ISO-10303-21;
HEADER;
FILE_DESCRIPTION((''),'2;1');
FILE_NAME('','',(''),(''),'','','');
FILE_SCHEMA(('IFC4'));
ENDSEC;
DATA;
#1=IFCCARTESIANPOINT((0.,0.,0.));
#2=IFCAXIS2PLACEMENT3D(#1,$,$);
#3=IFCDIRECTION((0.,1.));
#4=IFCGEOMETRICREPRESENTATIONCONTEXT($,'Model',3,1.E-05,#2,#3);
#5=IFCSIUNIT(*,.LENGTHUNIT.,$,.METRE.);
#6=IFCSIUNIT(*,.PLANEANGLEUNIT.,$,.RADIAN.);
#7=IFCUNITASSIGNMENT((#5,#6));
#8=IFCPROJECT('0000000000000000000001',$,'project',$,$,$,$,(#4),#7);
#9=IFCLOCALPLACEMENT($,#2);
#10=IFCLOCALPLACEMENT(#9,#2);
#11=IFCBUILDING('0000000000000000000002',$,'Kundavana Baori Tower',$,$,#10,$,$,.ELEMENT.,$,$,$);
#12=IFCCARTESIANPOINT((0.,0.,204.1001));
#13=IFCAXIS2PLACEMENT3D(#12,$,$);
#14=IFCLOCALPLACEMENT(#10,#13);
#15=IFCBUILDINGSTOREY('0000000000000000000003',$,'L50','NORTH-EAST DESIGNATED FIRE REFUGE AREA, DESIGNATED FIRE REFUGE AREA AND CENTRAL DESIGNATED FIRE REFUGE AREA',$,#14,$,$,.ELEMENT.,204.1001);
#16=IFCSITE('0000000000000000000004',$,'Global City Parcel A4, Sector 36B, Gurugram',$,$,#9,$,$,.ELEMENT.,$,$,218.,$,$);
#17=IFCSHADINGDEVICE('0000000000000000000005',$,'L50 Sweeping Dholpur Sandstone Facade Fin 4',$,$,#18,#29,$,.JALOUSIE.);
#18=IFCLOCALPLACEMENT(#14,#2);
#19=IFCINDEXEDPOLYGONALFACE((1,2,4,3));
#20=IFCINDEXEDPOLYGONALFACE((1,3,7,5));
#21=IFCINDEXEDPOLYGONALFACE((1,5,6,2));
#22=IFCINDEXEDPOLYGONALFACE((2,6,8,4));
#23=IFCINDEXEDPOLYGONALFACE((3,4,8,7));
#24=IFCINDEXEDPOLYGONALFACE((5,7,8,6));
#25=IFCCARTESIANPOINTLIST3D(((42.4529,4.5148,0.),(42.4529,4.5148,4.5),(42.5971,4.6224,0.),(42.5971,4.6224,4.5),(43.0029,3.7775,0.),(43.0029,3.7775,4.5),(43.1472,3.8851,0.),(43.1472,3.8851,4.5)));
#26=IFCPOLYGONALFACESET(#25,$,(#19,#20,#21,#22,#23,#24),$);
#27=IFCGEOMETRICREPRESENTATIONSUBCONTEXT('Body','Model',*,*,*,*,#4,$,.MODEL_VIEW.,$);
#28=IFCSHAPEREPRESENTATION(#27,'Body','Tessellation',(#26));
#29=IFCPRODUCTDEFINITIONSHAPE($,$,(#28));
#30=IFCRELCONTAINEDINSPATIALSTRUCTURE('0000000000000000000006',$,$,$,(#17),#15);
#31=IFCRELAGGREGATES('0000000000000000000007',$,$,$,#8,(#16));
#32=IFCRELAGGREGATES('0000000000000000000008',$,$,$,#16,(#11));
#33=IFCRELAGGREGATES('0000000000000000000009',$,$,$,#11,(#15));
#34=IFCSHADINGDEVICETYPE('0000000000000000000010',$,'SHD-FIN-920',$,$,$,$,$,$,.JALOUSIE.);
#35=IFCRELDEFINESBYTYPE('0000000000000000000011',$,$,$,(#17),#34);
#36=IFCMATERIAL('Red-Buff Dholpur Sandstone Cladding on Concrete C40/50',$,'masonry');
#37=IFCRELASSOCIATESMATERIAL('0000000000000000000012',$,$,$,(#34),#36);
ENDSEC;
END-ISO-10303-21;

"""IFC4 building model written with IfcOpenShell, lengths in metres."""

from ifc_helpers import new_model, si_unit, direction, frame, origin, origin_2d, place, context, subcontext, project, spatial, rectangle, extrude, material, type_object, element, save


model = new_model("IFC4")

# Units and contexts
model_context = context("Model", 3, precision=1e-05, world=origin(), true_north=direction((0.0, 1.0)))
body_context = subcontext(model_context, "Body", "Model", "MODEL_VIEW")
ifc_project = project(units=[si_unit("LENGTHUNIT", "METRE"), si_unit("PLANEANGLEUNIT", "RADIAN")], contexts=[model_context])

# Site, building, storey
site_placement = place(None, origin())
site = spatial("IfcSite", under=ifc_project, at=site_placement, Name="Global City Parcel A4, Sector 36B, Gurugram", CompositionType="ELEMENT", RefElevation=218.0)
building_placement = place(site_placement, origin())
building = spatial("IfcBuilding", under=site, at=building_placement, Name="Kundavana Baori Tower", CompositionType="ELEMENT")
storey_placement = place(building_placement, frame((0.0, 0.0, 204.1001)))
storey = spatial("IfcBuildingStorey", under=building, at=storey_placement, Name="L50", Description="NORTH-EAST DESIGNATED FIRE REFUGE AREA, DESIGNATED FIRE REFUGE AREA AND CENTRAL DESIGNATED FIRE REFUGE AREA", CompositionType="ELEMENT", Elevation=204.1001)

# Shading device
ifc_material_1 = material(Name="Red-Buff Dholpur Sandstone Cladding on Concrete C40/50", Category="masonry")
shading_device_type = type_object("IfcShadingDeviceType", Name="SHD-FIN-920", PredefinedType="JALOUSIE", material=ifc_material_1)
shading_device_placement = place(storey_placement, frame((42.8, 4.2, 0.0), z_axis=(0.0, 0.0, 1.0), x_axis=(0.801567, 0.597905, 0.0)))
element("IfcShadingDevice", 1, at=shading_device_placement, inside=storey, type_object=shading_device_type, Name="L50 Sweeping Dholpur Sandstone Facade Fin 4", PredefinedType="JALOUSIE", context=body_context, shape_type="SweptSolid", body=[
    extrude(rectangle(XDim=0.1799, YDim=0.9199, at=origin_2d()), origin(), (0.0, 0.0, 1.0), 4.5),
])

save(model, "model.ifc")
